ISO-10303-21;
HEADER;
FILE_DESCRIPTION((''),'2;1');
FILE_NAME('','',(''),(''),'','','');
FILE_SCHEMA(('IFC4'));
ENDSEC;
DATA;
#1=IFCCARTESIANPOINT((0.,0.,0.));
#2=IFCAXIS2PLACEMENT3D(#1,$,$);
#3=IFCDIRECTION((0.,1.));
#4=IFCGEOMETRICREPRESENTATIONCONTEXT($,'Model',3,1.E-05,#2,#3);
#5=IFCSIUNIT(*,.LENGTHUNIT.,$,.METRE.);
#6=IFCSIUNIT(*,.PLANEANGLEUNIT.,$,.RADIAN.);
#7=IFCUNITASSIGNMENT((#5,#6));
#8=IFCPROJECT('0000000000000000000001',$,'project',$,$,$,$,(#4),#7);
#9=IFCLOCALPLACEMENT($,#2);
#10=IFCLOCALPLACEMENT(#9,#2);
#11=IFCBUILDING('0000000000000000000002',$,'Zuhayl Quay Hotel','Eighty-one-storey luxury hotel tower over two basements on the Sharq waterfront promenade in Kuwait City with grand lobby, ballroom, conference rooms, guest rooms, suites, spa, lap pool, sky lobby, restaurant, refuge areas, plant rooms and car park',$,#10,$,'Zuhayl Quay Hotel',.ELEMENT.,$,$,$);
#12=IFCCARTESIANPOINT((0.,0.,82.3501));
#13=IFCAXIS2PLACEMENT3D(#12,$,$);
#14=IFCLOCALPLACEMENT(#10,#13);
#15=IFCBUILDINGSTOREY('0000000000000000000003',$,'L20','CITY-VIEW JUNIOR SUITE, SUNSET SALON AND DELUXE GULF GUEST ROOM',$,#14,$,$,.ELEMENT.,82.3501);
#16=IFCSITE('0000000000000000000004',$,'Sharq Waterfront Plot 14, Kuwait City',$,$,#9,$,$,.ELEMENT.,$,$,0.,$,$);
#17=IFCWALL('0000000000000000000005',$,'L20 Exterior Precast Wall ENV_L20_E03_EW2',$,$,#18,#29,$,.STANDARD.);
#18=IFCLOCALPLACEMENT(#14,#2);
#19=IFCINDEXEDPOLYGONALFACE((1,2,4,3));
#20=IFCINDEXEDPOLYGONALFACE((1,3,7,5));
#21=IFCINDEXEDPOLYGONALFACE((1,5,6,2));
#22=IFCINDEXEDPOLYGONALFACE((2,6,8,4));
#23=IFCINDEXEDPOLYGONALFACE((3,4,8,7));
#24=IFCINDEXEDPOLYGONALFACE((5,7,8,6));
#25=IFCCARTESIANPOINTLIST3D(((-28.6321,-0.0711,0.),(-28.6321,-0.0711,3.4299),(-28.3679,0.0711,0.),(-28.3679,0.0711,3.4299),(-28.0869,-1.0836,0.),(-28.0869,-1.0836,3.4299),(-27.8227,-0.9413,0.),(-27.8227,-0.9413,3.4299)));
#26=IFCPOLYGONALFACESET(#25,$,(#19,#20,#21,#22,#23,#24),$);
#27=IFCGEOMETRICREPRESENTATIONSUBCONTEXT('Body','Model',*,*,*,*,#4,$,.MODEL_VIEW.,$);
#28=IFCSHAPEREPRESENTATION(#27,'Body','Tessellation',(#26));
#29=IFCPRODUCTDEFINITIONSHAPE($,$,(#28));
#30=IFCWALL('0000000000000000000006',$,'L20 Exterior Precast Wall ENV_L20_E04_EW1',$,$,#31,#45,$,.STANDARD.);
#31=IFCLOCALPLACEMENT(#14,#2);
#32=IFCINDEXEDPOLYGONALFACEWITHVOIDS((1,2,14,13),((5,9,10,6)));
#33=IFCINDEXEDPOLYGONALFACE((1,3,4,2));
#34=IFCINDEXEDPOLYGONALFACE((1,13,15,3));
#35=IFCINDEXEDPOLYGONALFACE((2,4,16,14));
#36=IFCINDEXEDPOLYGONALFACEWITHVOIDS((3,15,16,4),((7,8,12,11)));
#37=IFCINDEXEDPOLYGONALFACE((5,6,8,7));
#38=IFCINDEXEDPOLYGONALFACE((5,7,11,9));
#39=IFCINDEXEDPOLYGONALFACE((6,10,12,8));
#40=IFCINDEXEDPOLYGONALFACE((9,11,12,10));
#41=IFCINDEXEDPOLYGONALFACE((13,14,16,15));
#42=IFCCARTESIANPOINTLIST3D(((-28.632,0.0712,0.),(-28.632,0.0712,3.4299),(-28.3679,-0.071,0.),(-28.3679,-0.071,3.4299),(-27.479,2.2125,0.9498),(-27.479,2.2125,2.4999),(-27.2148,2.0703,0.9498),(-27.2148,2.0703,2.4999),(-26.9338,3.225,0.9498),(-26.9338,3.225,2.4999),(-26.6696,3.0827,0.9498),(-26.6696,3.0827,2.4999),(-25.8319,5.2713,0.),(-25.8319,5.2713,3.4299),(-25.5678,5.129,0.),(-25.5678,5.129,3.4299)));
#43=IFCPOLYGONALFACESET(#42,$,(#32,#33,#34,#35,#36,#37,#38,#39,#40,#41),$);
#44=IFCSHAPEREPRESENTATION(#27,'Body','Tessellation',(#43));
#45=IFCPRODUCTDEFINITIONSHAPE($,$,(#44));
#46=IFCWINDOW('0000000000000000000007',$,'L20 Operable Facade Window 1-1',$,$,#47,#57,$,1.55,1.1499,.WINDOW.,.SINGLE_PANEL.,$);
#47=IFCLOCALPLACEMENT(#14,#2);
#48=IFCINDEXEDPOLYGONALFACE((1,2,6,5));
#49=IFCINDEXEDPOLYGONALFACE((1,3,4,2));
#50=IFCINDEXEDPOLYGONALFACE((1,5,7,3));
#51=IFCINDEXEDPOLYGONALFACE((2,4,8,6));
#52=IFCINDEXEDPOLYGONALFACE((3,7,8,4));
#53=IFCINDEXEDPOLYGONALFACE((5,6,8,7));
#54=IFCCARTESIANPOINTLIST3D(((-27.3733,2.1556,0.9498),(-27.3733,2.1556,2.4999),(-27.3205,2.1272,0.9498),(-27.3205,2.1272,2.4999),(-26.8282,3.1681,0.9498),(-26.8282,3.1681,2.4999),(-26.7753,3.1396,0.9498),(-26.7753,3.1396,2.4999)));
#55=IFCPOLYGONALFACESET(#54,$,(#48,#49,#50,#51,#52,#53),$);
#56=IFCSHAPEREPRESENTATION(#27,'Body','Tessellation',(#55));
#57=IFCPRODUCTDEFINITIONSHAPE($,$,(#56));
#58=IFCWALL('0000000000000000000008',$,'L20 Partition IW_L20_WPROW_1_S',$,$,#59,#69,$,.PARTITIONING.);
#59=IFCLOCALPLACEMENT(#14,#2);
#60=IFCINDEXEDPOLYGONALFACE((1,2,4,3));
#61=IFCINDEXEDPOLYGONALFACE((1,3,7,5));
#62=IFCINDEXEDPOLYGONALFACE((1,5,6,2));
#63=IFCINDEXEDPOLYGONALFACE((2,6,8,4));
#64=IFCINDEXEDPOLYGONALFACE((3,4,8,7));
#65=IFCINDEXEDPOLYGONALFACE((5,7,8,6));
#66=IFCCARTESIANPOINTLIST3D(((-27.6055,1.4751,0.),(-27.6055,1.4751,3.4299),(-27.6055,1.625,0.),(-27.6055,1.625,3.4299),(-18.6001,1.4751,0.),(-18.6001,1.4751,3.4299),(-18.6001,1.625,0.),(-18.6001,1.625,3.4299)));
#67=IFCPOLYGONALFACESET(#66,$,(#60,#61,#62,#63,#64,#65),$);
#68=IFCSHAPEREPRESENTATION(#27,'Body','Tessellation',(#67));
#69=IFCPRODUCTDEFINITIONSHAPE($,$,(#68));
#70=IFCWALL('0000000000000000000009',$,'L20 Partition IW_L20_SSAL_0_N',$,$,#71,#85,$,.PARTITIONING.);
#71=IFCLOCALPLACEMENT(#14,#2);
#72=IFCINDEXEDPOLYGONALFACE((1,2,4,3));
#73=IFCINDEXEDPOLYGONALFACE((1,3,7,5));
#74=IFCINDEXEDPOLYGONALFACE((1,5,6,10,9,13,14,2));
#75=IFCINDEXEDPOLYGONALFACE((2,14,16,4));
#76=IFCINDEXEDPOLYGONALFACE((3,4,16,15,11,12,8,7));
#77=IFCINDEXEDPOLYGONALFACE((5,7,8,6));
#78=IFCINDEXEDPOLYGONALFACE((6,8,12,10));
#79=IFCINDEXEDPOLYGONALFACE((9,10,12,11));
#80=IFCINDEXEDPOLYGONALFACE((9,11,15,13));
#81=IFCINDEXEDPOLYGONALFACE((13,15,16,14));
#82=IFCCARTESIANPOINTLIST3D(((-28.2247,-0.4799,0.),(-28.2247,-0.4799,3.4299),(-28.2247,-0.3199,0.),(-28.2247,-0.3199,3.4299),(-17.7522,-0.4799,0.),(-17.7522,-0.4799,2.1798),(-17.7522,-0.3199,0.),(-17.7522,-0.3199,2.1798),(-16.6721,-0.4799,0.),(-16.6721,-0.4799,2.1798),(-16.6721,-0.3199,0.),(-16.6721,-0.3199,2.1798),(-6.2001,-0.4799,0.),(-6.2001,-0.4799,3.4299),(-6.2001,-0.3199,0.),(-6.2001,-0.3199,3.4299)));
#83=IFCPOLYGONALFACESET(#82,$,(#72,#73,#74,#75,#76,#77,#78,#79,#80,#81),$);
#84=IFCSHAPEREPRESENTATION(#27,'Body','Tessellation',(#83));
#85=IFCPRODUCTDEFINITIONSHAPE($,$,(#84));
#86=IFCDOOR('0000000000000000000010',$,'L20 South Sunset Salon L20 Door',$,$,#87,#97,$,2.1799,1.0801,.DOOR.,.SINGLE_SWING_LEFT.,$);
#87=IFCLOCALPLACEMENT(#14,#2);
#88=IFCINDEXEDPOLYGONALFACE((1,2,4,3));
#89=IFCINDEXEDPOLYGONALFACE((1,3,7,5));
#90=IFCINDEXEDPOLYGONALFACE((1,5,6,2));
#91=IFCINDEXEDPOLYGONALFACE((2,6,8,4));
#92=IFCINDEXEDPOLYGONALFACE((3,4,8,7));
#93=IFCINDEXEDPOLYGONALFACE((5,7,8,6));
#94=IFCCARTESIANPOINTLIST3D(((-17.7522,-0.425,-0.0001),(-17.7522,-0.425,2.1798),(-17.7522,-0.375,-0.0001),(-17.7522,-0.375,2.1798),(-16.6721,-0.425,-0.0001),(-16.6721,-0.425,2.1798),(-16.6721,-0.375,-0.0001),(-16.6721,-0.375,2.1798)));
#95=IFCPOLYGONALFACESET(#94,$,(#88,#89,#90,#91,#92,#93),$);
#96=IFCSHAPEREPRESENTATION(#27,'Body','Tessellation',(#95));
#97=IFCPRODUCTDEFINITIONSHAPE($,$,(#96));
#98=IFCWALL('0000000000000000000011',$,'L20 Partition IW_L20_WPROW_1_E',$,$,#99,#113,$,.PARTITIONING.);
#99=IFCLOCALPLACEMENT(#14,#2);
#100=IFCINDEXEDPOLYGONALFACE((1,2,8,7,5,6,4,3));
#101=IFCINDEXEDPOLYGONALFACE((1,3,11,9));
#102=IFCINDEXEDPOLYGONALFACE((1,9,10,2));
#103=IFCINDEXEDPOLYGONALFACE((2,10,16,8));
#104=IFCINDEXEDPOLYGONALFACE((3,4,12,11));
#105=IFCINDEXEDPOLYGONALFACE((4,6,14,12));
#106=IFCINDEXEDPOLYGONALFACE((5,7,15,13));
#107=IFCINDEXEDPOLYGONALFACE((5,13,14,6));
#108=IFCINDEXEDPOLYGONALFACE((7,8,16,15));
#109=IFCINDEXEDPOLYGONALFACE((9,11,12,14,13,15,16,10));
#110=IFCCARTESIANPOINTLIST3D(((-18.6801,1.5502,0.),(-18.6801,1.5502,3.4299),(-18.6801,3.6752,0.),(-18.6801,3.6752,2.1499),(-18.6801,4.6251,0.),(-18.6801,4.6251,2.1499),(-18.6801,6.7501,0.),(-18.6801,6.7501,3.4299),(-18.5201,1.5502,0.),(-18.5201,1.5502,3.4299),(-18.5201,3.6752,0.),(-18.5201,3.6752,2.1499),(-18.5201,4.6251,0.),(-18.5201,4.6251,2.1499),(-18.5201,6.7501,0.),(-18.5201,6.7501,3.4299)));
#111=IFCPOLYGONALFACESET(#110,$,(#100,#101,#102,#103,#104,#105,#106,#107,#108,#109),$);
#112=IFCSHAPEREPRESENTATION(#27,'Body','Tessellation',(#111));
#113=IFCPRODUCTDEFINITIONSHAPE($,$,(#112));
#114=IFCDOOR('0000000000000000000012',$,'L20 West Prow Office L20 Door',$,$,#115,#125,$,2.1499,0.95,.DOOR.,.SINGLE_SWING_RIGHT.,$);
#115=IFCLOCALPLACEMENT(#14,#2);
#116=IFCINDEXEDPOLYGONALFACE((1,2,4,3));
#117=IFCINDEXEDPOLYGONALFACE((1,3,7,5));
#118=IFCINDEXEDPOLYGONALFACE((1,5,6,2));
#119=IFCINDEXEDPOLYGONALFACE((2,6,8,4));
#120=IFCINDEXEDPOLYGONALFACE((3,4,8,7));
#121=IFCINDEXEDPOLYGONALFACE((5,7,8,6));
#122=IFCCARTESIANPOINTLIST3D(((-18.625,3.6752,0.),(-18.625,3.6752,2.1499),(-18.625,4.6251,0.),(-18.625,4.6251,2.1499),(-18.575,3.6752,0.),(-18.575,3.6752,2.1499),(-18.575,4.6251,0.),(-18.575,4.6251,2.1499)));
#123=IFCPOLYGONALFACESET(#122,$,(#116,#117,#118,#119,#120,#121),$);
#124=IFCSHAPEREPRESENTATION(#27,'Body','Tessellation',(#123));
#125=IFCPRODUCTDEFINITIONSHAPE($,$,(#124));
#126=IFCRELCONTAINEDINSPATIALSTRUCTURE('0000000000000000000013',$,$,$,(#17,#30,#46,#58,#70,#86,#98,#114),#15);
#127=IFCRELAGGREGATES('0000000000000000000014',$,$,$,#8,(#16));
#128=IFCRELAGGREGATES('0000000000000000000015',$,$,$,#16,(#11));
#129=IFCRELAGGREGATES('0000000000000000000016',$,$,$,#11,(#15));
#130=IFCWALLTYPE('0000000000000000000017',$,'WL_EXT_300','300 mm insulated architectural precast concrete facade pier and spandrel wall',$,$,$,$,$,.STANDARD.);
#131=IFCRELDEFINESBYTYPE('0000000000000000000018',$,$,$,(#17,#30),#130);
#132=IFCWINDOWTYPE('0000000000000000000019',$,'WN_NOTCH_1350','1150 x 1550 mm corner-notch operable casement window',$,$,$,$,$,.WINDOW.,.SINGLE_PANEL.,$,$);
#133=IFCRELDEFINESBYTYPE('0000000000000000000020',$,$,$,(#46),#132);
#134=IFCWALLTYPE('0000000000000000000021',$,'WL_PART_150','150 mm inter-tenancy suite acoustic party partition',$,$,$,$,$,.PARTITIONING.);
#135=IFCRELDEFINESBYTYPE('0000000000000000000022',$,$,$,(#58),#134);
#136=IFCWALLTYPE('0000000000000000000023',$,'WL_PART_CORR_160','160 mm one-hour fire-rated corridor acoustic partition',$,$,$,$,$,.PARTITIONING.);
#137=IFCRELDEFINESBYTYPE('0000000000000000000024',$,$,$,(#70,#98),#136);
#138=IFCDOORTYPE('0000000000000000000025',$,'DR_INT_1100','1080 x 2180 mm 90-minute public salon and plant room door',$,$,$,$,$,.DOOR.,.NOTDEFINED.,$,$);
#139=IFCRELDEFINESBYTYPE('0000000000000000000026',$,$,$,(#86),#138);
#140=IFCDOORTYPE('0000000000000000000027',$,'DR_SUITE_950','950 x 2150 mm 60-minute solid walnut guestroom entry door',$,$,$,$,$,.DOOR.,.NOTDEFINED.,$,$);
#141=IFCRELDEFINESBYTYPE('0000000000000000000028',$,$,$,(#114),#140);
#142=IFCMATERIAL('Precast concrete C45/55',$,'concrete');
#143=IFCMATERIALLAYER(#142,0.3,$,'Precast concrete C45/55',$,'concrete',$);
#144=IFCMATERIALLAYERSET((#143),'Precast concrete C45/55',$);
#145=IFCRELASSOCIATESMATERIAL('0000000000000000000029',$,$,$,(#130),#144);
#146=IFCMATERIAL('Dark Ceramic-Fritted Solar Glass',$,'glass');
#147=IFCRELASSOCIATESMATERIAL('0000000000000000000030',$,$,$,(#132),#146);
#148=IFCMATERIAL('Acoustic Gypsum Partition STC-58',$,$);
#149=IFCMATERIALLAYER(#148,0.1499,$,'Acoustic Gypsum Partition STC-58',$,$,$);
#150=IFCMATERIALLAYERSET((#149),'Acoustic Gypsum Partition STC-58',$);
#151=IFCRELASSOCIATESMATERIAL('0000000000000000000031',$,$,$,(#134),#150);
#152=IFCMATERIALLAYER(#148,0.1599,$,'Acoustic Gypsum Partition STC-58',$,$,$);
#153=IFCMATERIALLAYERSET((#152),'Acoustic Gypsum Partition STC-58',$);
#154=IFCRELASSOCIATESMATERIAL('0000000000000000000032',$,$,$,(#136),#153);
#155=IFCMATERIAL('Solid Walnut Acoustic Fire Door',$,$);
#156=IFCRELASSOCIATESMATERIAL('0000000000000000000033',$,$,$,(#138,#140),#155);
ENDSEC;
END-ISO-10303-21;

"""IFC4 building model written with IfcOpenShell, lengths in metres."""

from ifc_helpers import new_model, si_unit, direction, frame, frame_2d, origin, place, context, subcontext, project, spatial, rectangle, extrude, material, layer, layer_set, type_object, element, fill, save


model = new_model("IFC4")

# Units and contexts
model_context = context("Model", 3, precision=1e-05, world=origin(), true_north=direction((0.0, 1.0)))
body_context = subcontext(model_context, "Body", "Model", "MODEL_VIEW")
ifc_project = project(units=[si_unit("LENGTHUNIT", "METRE"), si_unit("PLANEANGLEUNIT", "RADIAN")], contexts=[model_context])

# Site, building, storey
site_placement = place(None, origin())
site = spatial("IfcSite", under=ifc_project, at=site_placement, Name="Sharq Waterfront Plot 14, Kuwait City", CompositionType="ELEMENT", RefElevation=0.0)
building_placement = place(site_placement, origin())
building = spatial("IfcBuilding", under=site, at=building_placement, Name="Zuhayl Quay Hotel", Description="Eighty-one-storey luxury hotel tower over two basements on the Sharq waterfront promenade in Kuwait City with grand lobby, ballroom, conference rooms, guest rooms, suites, spa, lap pool, sky lobby, restaurant, refuge areas, plant rooms and car park", LongName="Zuhayl Quay Hotel", CompositionType="ELEMENT")
storey_placement = place(building_placement, frame((0.0, 0.0, 82.3501)))
storey = spatial("IfcBuildingStorey", under=building, at=storey_placement, Name="L20", Description="CITY-VIEW JUNIOR SUITE, SUNSET SALON AND DELUXE GULF GUEST ROOM", CompositionType="ELEMENT", Elevation=82.3501)

# Shared definitions
ifc_material_1 = material(Name="Dark Ceramic-Fritted Solar Glass", Category="glass")

# Wall
ifc_material_2 = material(Name="Precast concrete C45/55", Category="concrete")
ifc_layer_1 = layer(ifc_material_2, 0.3, Name="Precast concrete C45/55", Category="concrete")
ifc_layer_set_1 = layer_set([ifc_layer_1], Name="Precast concrete C45/55")
wall_type_1 = type_object("IfcWallType", Name="WL_EXT_300", Description="300 mm insulated architectural precast concrete facade pier and spandrel wall", PredefinedType="STANDARD", material=ifc_layer_set_1)
wall_1_placement = place(storey_placement, frame((-27.9548, -1.0125, 0.0), z_axis=(0.0, 0.0, 1.0), x_axis=(-0.4741, 0.880471, 0.0)))
element("IfcWall", 1, at=wall_1_placement, inside=storey, type_object=wall_type_1, Name="L20 Exterior Precast Wall ENV_L20_E03_EW2", PredefinedType="STANDARD", context=body_context, shape_type="SweptSolid", body=[
    extrude(rectangle(XDim=1.1499, YDim=0.3, at=frame_2d((0.575, 0.0))), origin(), (0.0, 0.0, 1.0), 3.4299),
])

# Wall, opening, window
wall_2_placement = place(storey_placement, frame((-28.5, 0.0, 0.0), z_axis=(0.0, 0.0, 1.0), x_axis=(0.47411, 0.880466, 0.0)))
wall_2 = element("IfcWall", 2, at=wall_2_placement, inside=storey, type_object=wall_type_1, Name="L20 Exterior Precast Wall ENV_L20_E04_EW1", PredefinedType="STANDARD", context=body_context, shape_type="SweptSolid", body=[
    extrude(rectangle(XDim=5.906, YDim=0.3, at=frame_2d((2.9531, 0.0))), origin(), (0.0, 0.0, 1.0), 3.4299),
])
opening_1_placement = place(wall_2_placement, frame((2.4321, 0.0, 0.95)))
opening_1 = element("IfcOpeningElement", 3, at=opening_1_placement, cuts=wall_2, PredefinedType="OPENING", context=body_context, shape_type="SweptSolid", body=[
    extrude(rectangle(XDim=1.1499, YDim=1.55, at=frame_2d((0.575, 0.7749))), frame((0.0, 0.1599, 0.0), z_axis=(0.0, -1.0, 0.0), x_axis=(1.0, 0.0, 0.0)), (0.0, 0.0, 1.0), 0.3201),
])
window_type = type_object("IfcWindowType", Name="WN_NOTCH_1350", Description="1150 x 1550 mm corner-notch operable casement window", PartitioningType="SINGLE_PANEL", PredefinedType="WINDOW", material=ifc_material_1)
window_placement = place(opening_1_placement, origin())
window = element("IfcWindow", 4, at=window_placement, inside=storey, type_object=window_type, Name="L20 Operable Facade Window 1-1", OverallHeight=1.55, OverallWidth=1.1499, PartitioningType="SINGLE_PANEL", PredefinedType="WINDOW", context=body_context, shape_type="SweptSolid", body=[
    extrude(rectangle(XDim=1.1499, YDim=1.55, at=frame_2d((0.575, 0.7749))), frame((0.0, 0.03, 0.0), z_axis=(0.0, -1.0, 0.0), x_axis=(1.0, 0.0, 0.0)), (0.0, 0.0, 1.0), 0.0601),
])
fill(opening_1, window)

# Wall
ifc_material_3 = material(Name="Acoustic Gypsum Partition STC-58")
ifc_layer_2 = layer(ifc_material_3, 0.1499, Name="Acoustic Gypsum Partition STC-58")
ifc_layer_set_2 = layer_set([ifc_layer_2], Name="Acoustic Gypsum Partition STC-58")
wall_type_2 = type_object("IfcWallType", Name="WL_PART_150", Description="150 mm inter-tenancy suite acoustic party partition", PredefinedType="PARTITIONING", material=ifc_layer_set_2)
wall_3_placement = place(storey_placement, frame((-27.6055, 1.55, 0.0), z_axis=(0.0, 0.0, 1.0), x_axis=(1.0, 0.0, 0.0)))
element("IfcWall", 5, at=wall_3_placement, inside=storey, type_object=wall_type_2, Name="L20 Partition IW_L20_WPROW_1_S", PredefinedType="PARTITIONING", context=body_context, shape_type="SweptSolid", body=[
    extrude(rectangle(XDim=9.0054, YDim=0.1499, at=frame_2d((4.5027, 0.0))), origin(), (0.0, 0.0, 1.0), 3.4299),
])

# Walls, openings, doors
ifc_layer_3 = layer(ifc_material_3, 0.1599, Name="Acoustic Gypsum Partition STC-58")
ifc_layer_set_3 = layer_set([ifc_layer_3], Name="Acoustic Gypsum Partition STC-58")
wall_type_3 = type_object("IfcWallType", Name="WL_PART_CORR_160", Description="160 mm one-hour fire-rated corridor acoustic partition", PredefinedType="PARTITIONING", material=ifc_layer_set_3)
wall_4_placement = place(storey_placement, frame((-28.2246, -0.3999, 0.0), z_axis=(0.0, 0.0, 1.0), x_axis=(1.0, 0.0, 0.0)))
wall_4 = element("IfcWall", 6, at=wall_4_placement, inside=storey, type_object=wall_type_3, Name="L20 Partition IW_L20_SSAL_0_N", PredefinedType="PARTITIONING", context=body_context, shape_type="SweptSolid", body=[
    extrude(rectangle(XDim=22.0247, YDim=0.1599, at=frame_2d((11.0122, 0.0))), origin(), (0.0, 0.0, 1.0), 3.4299),
])
opening_2_placement = place(wall_4_placement, frame((10.4724, 0.0, 0.0)))
opening_2 = element("IfcOpeningElement", 7, at=opening_2_placement, cuts=wall_4, PredefinedType="OPENING", context=body_context, shape_type="SweptSolid", body=[
    extrude(rectangle(XDim=1.0801, YDim=2.1799, at=frame_2d((0.54, 1.0898))), frame((0.0, 0.0898, 0.0), z_axis=(0.0, -1.0, 0.0), x_axis=(1.0, 0.0, 0.0)), (0.0, 0.0, 1.0), 0.1799),
])
ifc_material_4 = material(Name="Solid Walnut Acoustic Fire Door")
door_type_1 = type_object("IfcDoorType", Name="DR_INT_1100", Description="1080 x 2180 mm 90-minute public salon and plant room door", OperationType="NOTDEFINED", PredefinedType="DOOR", material=ifc_material_4)
door_1_placement = place(opening_2_placement, origin())
door_1 = element("IfcDoor", 8, at=door_1_placement, inside=storey, type_object=door_type_1, Name="L20 South Sunset Salon L20 Door", OperationType="SINGLE_SWING_LEFT", OverallHeight=2.1799, OverallWidth=1.0801, PredefinedType="DOOR", context=body_context, shape_type="SweptSolid", body=[
    extrude(rectangle(XDim=1.0801, YDim=2.1799, at=frame_2d((0.54, 1.0898))), frame((0.0, 0.0249, 0.0), z_axis=(0.0, -1.0, 0.0), x_axis=(1.0, 0.0, 0.0)), (0.0, 0.0, 1.0), 0.05),
])
fill(opening_2, door_1)
wall_5_placement = place(storey_placement, frame((-18.6001, 1.55, 0.0), z_axis=(0.0, 0.0, 1.0), x_axis=(0.0, 1.0, 0.0)))
wall_5 = element("IfcWall", 9, at=wall_5_placement, inside=storey, type_object=wall_type_3, Name="L20 Partition IW_L20_WPROW_1_E", PredefinedType="PARTITIONING", context=body_context, shape_type="SweptSolid", body=[
    extrude(rectangle(XDim=5.2, YDim=0.1599, at=frame_2d((2.6001, 0.0))), origin(), (0.0, 0.0, 1.0), 3.4299),
])
opening_3_placement = place(wall_5_placement, frame((2.125, 0.0, 0.0)))
opening_3 = element("IfcOpeningElement", 10, at=opening_3_placement, cuts=wall_5, PredefinedType="OPENING", context=body_context, shape_type="SweptSolid", body=[
    extrude(rectangle(XDim=0.95, YDim=2.1499, at=frame_2d((0.4751, 1.075))), frame((0.0, 0.0898, 0.0), z_axis=(0.0, -1.0, 0.0), x_axis=(1.0, 0.0, 0.0)), (0.0, 0.0, 1.0), 0.1799),
])
door_type_2 = type_object("IfcDoorType", Name="DR_SUITE_950", Description="950 x 2150 mm 60-minute solid walnut guestroom entry door", OperationType="NOTDEFINED", PredefinedType="DOOR", material=ifc_material_4)
door_2_placement = place(opening_3_placement, origin())
door_2 = element("IfcDoor", 11, at=door_2_placement, inside=storey, type_object=door_type_2, Name="L20 West Prow Office L20 Door", OperationType="SINGLE_SWING_RIGHT", OverallHeight=2.1499, OverallWidth=0.95, PredefinedType="DOOR", context=body_context, shape_type="SweptSolid", body=[
    extrude(rectangle(XDim=0.95, YDim=2.1499, at=frame_2d((0.4751, 1.075))), frame((0.0, 0.0249, 0.0), z_axis=(0.0, -1.0, 0.0), x_axis=(1.0, 0.0, 0.0)), (0.0, 0.0, 1.0), 0.05),
])
fill(opening_3, door_2)

save(model, "model.ifc")
